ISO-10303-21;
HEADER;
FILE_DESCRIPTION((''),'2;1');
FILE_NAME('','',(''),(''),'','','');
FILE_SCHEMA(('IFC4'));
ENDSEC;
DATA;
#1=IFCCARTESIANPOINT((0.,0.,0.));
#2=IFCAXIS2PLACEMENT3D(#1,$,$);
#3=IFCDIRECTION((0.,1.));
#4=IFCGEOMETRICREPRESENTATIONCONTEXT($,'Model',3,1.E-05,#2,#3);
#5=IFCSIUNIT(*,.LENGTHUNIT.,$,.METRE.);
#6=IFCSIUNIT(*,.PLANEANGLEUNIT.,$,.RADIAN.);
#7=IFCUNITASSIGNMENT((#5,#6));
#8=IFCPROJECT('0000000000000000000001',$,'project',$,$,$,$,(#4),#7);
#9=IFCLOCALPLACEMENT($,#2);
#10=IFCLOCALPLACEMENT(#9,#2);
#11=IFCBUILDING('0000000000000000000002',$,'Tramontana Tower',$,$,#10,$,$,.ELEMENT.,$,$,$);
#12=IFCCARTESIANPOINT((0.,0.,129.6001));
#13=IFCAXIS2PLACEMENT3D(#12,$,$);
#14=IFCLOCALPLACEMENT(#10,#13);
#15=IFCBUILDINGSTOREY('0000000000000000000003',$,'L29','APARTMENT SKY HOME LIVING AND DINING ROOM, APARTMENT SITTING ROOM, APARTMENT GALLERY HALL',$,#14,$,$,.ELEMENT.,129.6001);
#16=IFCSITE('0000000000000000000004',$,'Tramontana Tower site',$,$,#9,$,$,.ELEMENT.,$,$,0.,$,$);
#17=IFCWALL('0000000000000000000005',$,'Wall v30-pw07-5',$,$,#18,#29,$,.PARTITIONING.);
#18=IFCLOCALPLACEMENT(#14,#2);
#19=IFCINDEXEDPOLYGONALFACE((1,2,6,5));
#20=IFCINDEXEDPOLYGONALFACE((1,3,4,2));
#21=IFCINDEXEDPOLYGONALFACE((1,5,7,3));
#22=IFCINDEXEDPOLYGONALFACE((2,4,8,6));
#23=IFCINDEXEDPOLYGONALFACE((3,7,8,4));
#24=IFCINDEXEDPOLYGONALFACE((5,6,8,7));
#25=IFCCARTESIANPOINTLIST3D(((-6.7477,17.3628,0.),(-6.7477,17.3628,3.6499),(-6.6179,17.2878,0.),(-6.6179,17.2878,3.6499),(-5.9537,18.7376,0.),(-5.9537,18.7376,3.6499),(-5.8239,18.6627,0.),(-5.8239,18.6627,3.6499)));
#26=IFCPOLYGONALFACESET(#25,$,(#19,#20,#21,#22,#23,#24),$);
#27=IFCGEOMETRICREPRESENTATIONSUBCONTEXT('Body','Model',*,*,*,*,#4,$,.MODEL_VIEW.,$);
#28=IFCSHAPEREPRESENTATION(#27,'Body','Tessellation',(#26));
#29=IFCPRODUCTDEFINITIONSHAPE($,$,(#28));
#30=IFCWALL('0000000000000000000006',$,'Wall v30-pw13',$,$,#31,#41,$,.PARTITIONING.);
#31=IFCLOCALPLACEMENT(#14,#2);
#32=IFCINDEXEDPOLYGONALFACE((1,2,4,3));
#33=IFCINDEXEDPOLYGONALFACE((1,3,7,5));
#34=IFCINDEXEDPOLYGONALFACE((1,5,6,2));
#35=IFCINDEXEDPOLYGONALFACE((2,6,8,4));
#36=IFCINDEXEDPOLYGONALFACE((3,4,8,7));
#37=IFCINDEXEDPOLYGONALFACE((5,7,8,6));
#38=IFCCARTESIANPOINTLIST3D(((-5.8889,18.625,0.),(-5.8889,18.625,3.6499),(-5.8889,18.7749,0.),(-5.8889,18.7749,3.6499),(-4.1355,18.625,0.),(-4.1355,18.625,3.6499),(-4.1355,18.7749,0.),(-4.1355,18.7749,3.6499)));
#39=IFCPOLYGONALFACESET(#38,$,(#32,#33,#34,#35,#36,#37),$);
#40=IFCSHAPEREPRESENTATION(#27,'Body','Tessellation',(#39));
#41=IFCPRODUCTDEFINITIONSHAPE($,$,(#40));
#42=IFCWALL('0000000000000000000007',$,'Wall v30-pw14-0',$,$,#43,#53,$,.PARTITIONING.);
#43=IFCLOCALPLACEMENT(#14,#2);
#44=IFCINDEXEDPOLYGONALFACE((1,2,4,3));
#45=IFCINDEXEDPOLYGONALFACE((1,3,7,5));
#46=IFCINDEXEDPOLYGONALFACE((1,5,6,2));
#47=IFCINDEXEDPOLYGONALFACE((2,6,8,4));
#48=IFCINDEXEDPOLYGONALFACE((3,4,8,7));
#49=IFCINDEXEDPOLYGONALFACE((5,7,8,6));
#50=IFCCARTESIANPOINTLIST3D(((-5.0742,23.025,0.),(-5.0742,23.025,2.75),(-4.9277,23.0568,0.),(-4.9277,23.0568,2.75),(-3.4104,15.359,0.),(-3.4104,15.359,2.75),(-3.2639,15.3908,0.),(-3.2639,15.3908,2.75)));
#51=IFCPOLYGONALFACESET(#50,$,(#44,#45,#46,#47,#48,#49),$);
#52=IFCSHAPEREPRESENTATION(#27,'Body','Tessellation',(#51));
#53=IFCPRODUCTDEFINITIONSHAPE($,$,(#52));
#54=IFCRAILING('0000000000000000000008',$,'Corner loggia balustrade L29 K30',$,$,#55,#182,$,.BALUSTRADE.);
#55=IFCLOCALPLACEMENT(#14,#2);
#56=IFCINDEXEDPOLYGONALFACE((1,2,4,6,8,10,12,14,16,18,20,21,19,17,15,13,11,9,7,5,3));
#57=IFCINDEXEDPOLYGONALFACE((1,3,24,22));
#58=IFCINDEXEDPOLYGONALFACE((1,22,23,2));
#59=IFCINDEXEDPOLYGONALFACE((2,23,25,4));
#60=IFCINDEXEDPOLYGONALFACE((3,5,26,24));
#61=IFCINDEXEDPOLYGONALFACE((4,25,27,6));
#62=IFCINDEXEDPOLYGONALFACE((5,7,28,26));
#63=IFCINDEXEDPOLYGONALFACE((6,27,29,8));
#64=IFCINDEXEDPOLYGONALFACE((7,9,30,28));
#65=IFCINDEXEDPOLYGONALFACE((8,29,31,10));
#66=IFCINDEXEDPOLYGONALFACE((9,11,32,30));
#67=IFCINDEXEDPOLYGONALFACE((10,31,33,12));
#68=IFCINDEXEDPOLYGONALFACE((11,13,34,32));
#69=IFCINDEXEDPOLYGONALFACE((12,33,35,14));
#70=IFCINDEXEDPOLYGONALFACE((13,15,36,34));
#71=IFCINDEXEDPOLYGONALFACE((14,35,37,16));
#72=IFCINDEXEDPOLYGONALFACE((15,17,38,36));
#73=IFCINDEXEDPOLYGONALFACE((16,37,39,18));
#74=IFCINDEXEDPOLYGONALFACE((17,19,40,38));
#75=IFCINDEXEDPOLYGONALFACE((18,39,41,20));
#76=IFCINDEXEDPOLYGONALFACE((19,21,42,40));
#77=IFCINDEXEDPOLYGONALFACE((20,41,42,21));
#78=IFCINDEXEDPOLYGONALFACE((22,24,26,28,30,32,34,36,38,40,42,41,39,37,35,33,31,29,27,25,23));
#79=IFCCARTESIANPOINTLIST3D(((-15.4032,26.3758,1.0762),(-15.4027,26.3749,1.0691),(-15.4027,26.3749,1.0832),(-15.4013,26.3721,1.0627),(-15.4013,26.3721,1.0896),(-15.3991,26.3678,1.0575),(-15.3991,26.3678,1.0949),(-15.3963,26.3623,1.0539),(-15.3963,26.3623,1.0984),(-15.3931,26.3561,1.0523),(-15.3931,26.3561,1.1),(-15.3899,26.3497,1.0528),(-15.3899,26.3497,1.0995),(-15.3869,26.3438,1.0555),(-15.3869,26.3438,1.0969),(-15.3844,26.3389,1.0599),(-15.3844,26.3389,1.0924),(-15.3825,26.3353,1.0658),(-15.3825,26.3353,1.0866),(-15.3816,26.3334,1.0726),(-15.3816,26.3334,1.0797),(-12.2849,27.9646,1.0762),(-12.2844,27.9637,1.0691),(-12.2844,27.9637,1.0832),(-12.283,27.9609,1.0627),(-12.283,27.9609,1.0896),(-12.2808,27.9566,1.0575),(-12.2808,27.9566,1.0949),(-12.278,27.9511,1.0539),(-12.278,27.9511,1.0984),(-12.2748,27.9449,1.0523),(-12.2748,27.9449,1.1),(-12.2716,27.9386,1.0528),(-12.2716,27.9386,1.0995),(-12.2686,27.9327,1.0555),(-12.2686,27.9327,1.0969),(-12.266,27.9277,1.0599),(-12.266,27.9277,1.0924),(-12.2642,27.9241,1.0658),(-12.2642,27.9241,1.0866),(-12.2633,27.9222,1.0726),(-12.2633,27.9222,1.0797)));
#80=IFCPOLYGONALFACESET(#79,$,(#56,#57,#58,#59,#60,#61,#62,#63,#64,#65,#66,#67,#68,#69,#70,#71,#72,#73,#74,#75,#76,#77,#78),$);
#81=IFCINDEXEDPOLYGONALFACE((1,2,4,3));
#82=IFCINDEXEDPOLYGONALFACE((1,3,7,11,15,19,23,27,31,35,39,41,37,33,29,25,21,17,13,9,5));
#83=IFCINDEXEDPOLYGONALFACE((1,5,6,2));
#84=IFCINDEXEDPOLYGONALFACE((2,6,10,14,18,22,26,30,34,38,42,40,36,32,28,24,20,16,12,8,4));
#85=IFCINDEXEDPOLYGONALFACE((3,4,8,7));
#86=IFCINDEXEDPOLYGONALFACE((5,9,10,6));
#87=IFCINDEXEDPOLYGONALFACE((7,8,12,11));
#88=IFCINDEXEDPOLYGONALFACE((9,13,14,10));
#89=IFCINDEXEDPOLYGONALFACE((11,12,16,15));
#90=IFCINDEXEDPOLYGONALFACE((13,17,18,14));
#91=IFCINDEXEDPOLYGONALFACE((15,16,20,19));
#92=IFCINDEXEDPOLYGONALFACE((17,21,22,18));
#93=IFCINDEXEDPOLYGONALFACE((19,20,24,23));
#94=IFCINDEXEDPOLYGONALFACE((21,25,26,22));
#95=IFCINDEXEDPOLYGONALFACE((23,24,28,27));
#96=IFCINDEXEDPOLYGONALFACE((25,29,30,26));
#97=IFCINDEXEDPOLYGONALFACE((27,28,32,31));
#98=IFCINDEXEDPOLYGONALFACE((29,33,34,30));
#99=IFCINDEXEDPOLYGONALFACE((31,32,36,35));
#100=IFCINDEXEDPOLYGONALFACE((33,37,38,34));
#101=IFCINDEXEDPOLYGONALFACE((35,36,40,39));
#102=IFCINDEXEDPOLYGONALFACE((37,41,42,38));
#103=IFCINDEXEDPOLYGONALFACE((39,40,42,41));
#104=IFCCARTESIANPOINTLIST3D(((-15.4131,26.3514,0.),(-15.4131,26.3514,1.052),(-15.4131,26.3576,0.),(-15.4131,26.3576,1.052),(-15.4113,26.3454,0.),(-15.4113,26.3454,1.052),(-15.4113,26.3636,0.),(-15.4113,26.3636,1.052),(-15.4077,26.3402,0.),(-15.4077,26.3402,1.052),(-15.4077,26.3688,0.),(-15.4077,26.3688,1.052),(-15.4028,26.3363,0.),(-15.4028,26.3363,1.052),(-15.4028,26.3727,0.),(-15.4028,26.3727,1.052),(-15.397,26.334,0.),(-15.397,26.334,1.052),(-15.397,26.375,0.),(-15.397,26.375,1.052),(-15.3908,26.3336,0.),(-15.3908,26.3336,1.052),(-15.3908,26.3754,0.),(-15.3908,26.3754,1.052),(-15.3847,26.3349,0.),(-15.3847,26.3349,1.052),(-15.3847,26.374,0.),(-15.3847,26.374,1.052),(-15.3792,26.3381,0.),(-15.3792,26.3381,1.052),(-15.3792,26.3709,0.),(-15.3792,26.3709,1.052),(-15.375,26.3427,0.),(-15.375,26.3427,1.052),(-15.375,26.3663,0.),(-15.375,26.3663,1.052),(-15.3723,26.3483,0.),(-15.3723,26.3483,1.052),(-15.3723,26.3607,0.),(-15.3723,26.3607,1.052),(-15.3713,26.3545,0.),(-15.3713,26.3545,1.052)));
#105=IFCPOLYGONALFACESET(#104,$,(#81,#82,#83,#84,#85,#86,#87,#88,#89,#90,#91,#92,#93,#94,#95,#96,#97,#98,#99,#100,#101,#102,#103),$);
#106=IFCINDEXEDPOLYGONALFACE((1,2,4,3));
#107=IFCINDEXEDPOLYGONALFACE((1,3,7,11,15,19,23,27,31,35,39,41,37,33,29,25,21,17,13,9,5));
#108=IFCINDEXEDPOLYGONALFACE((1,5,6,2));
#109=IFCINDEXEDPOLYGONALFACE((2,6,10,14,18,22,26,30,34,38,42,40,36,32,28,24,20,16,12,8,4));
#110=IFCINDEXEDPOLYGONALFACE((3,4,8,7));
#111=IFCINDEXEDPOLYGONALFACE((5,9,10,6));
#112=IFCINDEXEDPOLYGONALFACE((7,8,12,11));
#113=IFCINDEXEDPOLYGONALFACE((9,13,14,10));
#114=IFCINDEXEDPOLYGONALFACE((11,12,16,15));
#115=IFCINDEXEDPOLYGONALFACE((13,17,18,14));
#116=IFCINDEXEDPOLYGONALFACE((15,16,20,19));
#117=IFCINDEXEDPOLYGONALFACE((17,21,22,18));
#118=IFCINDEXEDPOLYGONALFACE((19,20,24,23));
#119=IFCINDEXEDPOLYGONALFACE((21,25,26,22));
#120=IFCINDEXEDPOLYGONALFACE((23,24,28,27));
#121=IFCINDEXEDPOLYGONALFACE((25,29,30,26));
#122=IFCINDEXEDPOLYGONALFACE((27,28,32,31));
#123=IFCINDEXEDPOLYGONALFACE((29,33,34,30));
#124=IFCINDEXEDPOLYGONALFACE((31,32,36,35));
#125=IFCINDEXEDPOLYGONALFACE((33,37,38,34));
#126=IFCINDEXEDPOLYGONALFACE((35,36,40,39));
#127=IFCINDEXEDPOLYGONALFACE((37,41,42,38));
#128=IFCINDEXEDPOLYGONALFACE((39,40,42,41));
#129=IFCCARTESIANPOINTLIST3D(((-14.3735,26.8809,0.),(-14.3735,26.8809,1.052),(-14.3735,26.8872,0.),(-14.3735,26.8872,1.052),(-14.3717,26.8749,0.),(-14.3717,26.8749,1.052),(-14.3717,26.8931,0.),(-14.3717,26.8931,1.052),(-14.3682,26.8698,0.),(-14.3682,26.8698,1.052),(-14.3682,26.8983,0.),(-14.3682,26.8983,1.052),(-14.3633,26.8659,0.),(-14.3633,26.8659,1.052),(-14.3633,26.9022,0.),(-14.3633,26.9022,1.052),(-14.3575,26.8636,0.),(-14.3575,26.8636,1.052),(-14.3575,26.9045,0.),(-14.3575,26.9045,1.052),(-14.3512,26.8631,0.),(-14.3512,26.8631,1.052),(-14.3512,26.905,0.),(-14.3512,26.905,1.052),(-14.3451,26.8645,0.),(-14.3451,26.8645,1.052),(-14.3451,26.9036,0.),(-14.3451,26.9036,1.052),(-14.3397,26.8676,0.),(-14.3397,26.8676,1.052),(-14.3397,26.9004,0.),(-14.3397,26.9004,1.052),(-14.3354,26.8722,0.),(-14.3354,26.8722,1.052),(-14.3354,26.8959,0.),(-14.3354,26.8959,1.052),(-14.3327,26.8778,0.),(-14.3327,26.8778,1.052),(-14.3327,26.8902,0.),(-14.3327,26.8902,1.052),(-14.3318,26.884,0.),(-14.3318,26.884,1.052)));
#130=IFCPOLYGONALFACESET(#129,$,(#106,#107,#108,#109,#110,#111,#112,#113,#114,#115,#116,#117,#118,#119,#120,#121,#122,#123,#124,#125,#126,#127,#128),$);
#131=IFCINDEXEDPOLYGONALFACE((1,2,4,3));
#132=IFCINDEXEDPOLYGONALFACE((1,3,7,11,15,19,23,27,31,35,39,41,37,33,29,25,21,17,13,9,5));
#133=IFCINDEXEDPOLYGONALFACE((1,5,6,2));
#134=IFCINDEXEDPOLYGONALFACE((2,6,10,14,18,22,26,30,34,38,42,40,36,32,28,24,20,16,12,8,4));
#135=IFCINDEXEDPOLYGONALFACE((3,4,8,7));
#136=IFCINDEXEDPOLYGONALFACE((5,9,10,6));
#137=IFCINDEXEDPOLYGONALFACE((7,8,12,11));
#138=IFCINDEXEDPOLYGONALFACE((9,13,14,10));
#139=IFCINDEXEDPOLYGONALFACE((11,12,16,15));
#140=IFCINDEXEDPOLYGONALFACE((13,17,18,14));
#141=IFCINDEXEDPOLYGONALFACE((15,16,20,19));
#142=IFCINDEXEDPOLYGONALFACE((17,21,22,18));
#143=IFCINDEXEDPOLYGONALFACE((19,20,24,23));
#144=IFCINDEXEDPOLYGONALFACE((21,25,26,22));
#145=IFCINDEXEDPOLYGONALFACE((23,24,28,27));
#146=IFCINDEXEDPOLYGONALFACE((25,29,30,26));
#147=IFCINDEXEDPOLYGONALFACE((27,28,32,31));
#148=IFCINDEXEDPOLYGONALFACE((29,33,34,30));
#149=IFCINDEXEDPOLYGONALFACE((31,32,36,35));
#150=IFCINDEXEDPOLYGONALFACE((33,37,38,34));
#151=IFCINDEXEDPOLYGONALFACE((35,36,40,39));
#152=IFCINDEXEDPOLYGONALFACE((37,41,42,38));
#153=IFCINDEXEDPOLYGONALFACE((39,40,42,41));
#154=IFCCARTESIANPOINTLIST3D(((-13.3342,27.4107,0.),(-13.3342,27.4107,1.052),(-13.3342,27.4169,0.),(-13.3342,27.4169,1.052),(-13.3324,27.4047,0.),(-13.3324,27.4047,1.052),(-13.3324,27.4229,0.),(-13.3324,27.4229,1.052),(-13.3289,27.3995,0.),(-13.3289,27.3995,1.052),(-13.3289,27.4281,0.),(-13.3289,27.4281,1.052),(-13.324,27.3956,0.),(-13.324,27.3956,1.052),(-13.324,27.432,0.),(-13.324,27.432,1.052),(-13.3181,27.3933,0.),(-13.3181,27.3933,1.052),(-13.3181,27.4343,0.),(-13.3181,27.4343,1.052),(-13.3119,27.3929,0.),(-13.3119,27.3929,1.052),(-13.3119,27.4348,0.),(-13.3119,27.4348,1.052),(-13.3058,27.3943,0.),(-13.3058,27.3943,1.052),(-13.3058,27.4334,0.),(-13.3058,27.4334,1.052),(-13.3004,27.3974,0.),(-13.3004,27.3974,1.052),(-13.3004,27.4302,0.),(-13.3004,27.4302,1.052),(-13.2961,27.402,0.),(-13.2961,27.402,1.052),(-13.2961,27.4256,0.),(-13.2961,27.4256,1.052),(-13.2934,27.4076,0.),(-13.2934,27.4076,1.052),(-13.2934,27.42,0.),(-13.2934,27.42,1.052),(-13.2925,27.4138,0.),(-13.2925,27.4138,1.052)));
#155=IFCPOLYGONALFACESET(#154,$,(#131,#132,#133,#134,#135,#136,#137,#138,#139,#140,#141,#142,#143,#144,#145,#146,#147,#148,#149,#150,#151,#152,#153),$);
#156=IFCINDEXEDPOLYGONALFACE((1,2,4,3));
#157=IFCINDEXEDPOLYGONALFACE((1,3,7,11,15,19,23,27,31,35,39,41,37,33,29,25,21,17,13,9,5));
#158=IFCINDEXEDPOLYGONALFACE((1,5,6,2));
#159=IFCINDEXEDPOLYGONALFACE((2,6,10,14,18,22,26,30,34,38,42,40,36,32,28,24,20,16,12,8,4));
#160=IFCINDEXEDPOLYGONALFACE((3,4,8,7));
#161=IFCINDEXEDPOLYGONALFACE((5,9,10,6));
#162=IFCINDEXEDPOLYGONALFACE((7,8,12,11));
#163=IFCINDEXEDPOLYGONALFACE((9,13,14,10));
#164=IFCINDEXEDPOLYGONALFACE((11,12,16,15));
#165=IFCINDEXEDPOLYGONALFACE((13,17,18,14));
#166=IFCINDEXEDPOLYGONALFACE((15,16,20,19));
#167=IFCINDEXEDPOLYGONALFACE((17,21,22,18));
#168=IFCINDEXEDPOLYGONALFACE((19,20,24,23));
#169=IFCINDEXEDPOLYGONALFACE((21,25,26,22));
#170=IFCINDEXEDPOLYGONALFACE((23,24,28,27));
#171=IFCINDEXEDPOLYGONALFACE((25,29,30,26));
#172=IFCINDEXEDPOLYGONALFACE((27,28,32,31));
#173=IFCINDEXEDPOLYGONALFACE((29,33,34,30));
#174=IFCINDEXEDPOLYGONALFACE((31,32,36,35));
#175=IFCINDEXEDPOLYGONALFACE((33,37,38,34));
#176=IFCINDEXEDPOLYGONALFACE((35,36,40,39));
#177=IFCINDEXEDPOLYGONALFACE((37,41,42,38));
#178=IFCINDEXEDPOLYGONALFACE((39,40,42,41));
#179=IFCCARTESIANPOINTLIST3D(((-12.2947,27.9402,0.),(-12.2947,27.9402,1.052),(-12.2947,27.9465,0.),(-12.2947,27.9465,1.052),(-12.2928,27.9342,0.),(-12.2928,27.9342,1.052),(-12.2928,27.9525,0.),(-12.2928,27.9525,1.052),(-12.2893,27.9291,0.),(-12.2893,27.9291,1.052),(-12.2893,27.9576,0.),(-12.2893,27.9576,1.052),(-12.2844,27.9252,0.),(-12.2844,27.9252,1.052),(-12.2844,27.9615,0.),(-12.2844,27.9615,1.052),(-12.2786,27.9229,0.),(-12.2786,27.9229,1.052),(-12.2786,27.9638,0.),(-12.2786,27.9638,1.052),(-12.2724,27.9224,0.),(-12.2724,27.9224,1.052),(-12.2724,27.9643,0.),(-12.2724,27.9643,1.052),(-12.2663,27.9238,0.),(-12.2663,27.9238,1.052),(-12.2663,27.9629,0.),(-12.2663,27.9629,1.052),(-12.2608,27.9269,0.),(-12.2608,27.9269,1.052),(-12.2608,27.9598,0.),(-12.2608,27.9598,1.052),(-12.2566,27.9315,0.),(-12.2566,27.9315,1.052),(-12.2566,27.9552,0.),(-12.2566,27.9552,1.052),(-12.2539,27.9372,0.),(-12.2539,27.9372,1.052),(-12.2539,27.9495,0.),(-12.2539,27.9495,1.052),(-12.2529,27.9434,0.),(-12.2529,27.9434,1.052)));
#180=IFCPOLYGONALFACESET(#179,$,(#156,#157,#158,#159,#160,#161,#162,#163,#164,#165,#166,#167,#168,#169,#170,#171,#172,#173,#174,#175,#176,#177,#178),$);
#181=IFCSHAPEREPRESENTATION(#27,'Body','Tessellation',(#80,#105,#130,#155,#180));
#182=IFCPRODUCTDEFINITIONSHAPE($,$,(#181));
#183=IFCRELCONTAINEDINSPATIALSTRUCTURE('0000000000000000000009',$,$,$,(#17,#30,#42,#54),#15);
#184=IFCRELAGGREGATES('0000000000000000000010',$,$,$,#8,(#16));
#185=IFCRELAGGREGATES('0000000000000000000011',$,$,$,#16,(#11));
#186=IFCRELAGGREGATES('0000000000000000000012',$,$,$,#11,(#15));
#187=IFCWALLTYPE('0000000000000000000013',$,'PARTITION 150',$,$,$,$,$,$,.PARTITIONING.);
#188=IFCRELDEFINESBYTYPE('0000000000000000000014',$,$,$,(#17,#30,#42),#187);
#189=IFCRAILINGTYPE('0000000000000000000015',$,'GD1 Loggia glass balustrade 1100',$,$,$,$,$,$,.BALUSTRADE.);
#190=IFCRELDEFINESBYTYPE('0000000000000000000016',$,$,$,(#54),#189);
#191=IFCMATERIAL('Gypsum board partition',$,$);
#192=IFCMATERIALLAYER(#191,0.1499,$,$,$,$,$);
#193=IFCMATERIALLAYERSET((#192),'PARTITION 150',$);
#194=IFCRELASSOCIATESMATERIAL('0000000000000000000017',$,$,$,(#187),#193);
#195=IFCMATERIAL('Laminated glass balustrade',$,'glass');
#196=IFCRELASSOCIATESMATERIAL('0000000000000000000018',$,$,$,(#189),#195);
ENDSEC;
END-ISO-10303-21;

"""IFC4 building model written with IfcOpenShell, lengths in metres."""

from ifc_helpers import new_model, si_unit, direction, frame, frame_2d, origin, origin_2d, place, context, subcontext, project, spatial, rectangle, circle, extrude, material, layer, layer_set, type_object, element, save


model = new_model("IFC4")

# Units and contexts
model_context = context("Model", 3, precision=1e-05, world=origin(), true_north=direction((0.0, 1.0)))
body_context = subcontext(model_context, "Body", "Model", "MODEL_VIEW")
ifc_project = project(units=[si_unit("LENGTHUNIT", "METRE"), si_unit("PLANEANGLEUNIT", "RADIAN")], contexts=[model_context])

# Site, building, storey
site_placement = place(None, origin())
site = spatial("IfcSite", under=ifc_project, at=site_placement, Name="Tramontana Tower site", CompositionType="ELEMENT", RefElevation=0.0)
building_placement = place(site_placement, origin())
building = spatial("IfcBuilding", under=site, at=building_placement, Name="Tramontana Tower", CompositionType="ELEMENT")
storey_placement = place(building_placement, frame((0.0, 0.0, 129.6001)))
storey = spatial("IfcBuildingStorey", under=building, at=storey_placement, Name="L29", Description="APARTMENT SKY HOME LIVING AND DINING ROOM, APARTMENT SITTING ROOM, APARTMENT GALLERY HALL", CompositionType="ELEMENT", Elevation=129.6001)

# Walls
ifc_material_1 = material(Name="Gypsum board partition")
ifc_layer_1 = layer(ifc_material_1, 0.1499)
ifc_layer_set_1 = layer_set([ifc_layer_1], Name="PARTITION 150")
wall_type_1 = type_object("IfcWallType", Name="PARTITION 150", PredefinedType="PARTITIONING", material=ifc_layer_set_1)
wall_1_placement = place(storey_placement, frame((-6.6829, 17.3252, 0.0), z_axis=(0.0, 0.0, 1.0), x_axis=(0.500108, 0.865963, 0.0)))
element("IfcWall", 1, at=wall_1_placement, inside=storey, type_object=wall_type_1, Name="Wall v30-pw07-5", PredefinedType="PARTITIONING", context=body_context, shape_type="SweptSolid", body=[
    extrude(rectangle(XDim=1.5876, YDim=0.1499, at=frame_2d((0.7939, 0.0))), origin(), (0.0, 0.0, 1.0), 3.6499),
])
wall_2_placement = place(storey_placement, frame((-5.8889, 18.7, 0.0), z_axis=(0.0, 0.0, 1.0), x_axis=(1.0, 0.0, 0.0)))
element("IfcWall", 2, at=wall_2_placement, inside=storey, type_object=wall_type_1, Name="Wall v30-pw13", PredefinedType="PARTITIONING", context=body_context, shape_type="SweptSolid", body=[
    extrude(rectangle(XDim=1.7534, YDim=0.1499, at=frame_2d((0.8767, 0.0))), origin(), (0.0, 0.0, 1.0), 3.6499),
])
wall_3_placement = place(storey_placement, frame((-5.001, 23.041, 0.0), z_axis=(0.0, 0.0, 1.0), x_axis=(0.2121, -0.977248, 0.0)))
element("IfcWall", 3, at=wall_3_placement, inside=storey, type_object=wall_type_1, Name="Wall v30-pw14-0", PredefinedType="PARTITIONING", context=body_context, shape_type="SweptSolid", body=[
    extrude(rectangle(XDim=7.8445, YDim=0.1499, at=frame_2d((3.9224, 0.0))), origin(), (0.0, 0.0, 1.0), 2.75),
])

# Railing
ifc_material_2 = material(Name="Laminated glass balustrade", Category="glass")
railing_type = type_object("IfcRailingType", Name="GD1 Loggia glass balustrade 1100", PredefinedType="BALUSTRADE", material=ifc_material_2)
railing_placement = place(storey_placement, frame((-15.3923, 26.3545, 0.0)))
element("IfcRailing", 4, at=railing_placement, inside=storey, type_object=railing_type, Name="Corner loggia balustrade L29 K30", PredefinedType="BALUSTRADE", context=body_context, shape_type="SweptSolid", body=[
    extrude(circle(Radius=0.0239, at=origin_2d()), frame((0.0, 0.0, 1.0762), z_axis=(0.891011, 0.453981, 0.0), x_axis=(-0.453981, 0.891011, 0.0)), (0.0, 0.0, 1.0), 3.4998),
    extrude(circle(Radius=0.021, at=origin_2d()), origin(), (0.0, 0.0, 1.0), 1.052),
    extrude(circle(Radius=0.021, at=origin_2d()), frame((1.0396, 0.5295, 0.0)), (0.0, 0.0, 1.0), 1.052),
    extrude(circle(Radius=0.021, at=origin_2d()), frame((2.0789, 1.0593, 0.0)), (0.0, 0.0, 1.0), 1.052),
    extrude(circle(Radius=0.021, at=origin_2d()), frame((3.1184, 1.5889, 0.0)), (0.0, 0.0, 1.0), 1.052),
])

save(model, "model.ifc")
